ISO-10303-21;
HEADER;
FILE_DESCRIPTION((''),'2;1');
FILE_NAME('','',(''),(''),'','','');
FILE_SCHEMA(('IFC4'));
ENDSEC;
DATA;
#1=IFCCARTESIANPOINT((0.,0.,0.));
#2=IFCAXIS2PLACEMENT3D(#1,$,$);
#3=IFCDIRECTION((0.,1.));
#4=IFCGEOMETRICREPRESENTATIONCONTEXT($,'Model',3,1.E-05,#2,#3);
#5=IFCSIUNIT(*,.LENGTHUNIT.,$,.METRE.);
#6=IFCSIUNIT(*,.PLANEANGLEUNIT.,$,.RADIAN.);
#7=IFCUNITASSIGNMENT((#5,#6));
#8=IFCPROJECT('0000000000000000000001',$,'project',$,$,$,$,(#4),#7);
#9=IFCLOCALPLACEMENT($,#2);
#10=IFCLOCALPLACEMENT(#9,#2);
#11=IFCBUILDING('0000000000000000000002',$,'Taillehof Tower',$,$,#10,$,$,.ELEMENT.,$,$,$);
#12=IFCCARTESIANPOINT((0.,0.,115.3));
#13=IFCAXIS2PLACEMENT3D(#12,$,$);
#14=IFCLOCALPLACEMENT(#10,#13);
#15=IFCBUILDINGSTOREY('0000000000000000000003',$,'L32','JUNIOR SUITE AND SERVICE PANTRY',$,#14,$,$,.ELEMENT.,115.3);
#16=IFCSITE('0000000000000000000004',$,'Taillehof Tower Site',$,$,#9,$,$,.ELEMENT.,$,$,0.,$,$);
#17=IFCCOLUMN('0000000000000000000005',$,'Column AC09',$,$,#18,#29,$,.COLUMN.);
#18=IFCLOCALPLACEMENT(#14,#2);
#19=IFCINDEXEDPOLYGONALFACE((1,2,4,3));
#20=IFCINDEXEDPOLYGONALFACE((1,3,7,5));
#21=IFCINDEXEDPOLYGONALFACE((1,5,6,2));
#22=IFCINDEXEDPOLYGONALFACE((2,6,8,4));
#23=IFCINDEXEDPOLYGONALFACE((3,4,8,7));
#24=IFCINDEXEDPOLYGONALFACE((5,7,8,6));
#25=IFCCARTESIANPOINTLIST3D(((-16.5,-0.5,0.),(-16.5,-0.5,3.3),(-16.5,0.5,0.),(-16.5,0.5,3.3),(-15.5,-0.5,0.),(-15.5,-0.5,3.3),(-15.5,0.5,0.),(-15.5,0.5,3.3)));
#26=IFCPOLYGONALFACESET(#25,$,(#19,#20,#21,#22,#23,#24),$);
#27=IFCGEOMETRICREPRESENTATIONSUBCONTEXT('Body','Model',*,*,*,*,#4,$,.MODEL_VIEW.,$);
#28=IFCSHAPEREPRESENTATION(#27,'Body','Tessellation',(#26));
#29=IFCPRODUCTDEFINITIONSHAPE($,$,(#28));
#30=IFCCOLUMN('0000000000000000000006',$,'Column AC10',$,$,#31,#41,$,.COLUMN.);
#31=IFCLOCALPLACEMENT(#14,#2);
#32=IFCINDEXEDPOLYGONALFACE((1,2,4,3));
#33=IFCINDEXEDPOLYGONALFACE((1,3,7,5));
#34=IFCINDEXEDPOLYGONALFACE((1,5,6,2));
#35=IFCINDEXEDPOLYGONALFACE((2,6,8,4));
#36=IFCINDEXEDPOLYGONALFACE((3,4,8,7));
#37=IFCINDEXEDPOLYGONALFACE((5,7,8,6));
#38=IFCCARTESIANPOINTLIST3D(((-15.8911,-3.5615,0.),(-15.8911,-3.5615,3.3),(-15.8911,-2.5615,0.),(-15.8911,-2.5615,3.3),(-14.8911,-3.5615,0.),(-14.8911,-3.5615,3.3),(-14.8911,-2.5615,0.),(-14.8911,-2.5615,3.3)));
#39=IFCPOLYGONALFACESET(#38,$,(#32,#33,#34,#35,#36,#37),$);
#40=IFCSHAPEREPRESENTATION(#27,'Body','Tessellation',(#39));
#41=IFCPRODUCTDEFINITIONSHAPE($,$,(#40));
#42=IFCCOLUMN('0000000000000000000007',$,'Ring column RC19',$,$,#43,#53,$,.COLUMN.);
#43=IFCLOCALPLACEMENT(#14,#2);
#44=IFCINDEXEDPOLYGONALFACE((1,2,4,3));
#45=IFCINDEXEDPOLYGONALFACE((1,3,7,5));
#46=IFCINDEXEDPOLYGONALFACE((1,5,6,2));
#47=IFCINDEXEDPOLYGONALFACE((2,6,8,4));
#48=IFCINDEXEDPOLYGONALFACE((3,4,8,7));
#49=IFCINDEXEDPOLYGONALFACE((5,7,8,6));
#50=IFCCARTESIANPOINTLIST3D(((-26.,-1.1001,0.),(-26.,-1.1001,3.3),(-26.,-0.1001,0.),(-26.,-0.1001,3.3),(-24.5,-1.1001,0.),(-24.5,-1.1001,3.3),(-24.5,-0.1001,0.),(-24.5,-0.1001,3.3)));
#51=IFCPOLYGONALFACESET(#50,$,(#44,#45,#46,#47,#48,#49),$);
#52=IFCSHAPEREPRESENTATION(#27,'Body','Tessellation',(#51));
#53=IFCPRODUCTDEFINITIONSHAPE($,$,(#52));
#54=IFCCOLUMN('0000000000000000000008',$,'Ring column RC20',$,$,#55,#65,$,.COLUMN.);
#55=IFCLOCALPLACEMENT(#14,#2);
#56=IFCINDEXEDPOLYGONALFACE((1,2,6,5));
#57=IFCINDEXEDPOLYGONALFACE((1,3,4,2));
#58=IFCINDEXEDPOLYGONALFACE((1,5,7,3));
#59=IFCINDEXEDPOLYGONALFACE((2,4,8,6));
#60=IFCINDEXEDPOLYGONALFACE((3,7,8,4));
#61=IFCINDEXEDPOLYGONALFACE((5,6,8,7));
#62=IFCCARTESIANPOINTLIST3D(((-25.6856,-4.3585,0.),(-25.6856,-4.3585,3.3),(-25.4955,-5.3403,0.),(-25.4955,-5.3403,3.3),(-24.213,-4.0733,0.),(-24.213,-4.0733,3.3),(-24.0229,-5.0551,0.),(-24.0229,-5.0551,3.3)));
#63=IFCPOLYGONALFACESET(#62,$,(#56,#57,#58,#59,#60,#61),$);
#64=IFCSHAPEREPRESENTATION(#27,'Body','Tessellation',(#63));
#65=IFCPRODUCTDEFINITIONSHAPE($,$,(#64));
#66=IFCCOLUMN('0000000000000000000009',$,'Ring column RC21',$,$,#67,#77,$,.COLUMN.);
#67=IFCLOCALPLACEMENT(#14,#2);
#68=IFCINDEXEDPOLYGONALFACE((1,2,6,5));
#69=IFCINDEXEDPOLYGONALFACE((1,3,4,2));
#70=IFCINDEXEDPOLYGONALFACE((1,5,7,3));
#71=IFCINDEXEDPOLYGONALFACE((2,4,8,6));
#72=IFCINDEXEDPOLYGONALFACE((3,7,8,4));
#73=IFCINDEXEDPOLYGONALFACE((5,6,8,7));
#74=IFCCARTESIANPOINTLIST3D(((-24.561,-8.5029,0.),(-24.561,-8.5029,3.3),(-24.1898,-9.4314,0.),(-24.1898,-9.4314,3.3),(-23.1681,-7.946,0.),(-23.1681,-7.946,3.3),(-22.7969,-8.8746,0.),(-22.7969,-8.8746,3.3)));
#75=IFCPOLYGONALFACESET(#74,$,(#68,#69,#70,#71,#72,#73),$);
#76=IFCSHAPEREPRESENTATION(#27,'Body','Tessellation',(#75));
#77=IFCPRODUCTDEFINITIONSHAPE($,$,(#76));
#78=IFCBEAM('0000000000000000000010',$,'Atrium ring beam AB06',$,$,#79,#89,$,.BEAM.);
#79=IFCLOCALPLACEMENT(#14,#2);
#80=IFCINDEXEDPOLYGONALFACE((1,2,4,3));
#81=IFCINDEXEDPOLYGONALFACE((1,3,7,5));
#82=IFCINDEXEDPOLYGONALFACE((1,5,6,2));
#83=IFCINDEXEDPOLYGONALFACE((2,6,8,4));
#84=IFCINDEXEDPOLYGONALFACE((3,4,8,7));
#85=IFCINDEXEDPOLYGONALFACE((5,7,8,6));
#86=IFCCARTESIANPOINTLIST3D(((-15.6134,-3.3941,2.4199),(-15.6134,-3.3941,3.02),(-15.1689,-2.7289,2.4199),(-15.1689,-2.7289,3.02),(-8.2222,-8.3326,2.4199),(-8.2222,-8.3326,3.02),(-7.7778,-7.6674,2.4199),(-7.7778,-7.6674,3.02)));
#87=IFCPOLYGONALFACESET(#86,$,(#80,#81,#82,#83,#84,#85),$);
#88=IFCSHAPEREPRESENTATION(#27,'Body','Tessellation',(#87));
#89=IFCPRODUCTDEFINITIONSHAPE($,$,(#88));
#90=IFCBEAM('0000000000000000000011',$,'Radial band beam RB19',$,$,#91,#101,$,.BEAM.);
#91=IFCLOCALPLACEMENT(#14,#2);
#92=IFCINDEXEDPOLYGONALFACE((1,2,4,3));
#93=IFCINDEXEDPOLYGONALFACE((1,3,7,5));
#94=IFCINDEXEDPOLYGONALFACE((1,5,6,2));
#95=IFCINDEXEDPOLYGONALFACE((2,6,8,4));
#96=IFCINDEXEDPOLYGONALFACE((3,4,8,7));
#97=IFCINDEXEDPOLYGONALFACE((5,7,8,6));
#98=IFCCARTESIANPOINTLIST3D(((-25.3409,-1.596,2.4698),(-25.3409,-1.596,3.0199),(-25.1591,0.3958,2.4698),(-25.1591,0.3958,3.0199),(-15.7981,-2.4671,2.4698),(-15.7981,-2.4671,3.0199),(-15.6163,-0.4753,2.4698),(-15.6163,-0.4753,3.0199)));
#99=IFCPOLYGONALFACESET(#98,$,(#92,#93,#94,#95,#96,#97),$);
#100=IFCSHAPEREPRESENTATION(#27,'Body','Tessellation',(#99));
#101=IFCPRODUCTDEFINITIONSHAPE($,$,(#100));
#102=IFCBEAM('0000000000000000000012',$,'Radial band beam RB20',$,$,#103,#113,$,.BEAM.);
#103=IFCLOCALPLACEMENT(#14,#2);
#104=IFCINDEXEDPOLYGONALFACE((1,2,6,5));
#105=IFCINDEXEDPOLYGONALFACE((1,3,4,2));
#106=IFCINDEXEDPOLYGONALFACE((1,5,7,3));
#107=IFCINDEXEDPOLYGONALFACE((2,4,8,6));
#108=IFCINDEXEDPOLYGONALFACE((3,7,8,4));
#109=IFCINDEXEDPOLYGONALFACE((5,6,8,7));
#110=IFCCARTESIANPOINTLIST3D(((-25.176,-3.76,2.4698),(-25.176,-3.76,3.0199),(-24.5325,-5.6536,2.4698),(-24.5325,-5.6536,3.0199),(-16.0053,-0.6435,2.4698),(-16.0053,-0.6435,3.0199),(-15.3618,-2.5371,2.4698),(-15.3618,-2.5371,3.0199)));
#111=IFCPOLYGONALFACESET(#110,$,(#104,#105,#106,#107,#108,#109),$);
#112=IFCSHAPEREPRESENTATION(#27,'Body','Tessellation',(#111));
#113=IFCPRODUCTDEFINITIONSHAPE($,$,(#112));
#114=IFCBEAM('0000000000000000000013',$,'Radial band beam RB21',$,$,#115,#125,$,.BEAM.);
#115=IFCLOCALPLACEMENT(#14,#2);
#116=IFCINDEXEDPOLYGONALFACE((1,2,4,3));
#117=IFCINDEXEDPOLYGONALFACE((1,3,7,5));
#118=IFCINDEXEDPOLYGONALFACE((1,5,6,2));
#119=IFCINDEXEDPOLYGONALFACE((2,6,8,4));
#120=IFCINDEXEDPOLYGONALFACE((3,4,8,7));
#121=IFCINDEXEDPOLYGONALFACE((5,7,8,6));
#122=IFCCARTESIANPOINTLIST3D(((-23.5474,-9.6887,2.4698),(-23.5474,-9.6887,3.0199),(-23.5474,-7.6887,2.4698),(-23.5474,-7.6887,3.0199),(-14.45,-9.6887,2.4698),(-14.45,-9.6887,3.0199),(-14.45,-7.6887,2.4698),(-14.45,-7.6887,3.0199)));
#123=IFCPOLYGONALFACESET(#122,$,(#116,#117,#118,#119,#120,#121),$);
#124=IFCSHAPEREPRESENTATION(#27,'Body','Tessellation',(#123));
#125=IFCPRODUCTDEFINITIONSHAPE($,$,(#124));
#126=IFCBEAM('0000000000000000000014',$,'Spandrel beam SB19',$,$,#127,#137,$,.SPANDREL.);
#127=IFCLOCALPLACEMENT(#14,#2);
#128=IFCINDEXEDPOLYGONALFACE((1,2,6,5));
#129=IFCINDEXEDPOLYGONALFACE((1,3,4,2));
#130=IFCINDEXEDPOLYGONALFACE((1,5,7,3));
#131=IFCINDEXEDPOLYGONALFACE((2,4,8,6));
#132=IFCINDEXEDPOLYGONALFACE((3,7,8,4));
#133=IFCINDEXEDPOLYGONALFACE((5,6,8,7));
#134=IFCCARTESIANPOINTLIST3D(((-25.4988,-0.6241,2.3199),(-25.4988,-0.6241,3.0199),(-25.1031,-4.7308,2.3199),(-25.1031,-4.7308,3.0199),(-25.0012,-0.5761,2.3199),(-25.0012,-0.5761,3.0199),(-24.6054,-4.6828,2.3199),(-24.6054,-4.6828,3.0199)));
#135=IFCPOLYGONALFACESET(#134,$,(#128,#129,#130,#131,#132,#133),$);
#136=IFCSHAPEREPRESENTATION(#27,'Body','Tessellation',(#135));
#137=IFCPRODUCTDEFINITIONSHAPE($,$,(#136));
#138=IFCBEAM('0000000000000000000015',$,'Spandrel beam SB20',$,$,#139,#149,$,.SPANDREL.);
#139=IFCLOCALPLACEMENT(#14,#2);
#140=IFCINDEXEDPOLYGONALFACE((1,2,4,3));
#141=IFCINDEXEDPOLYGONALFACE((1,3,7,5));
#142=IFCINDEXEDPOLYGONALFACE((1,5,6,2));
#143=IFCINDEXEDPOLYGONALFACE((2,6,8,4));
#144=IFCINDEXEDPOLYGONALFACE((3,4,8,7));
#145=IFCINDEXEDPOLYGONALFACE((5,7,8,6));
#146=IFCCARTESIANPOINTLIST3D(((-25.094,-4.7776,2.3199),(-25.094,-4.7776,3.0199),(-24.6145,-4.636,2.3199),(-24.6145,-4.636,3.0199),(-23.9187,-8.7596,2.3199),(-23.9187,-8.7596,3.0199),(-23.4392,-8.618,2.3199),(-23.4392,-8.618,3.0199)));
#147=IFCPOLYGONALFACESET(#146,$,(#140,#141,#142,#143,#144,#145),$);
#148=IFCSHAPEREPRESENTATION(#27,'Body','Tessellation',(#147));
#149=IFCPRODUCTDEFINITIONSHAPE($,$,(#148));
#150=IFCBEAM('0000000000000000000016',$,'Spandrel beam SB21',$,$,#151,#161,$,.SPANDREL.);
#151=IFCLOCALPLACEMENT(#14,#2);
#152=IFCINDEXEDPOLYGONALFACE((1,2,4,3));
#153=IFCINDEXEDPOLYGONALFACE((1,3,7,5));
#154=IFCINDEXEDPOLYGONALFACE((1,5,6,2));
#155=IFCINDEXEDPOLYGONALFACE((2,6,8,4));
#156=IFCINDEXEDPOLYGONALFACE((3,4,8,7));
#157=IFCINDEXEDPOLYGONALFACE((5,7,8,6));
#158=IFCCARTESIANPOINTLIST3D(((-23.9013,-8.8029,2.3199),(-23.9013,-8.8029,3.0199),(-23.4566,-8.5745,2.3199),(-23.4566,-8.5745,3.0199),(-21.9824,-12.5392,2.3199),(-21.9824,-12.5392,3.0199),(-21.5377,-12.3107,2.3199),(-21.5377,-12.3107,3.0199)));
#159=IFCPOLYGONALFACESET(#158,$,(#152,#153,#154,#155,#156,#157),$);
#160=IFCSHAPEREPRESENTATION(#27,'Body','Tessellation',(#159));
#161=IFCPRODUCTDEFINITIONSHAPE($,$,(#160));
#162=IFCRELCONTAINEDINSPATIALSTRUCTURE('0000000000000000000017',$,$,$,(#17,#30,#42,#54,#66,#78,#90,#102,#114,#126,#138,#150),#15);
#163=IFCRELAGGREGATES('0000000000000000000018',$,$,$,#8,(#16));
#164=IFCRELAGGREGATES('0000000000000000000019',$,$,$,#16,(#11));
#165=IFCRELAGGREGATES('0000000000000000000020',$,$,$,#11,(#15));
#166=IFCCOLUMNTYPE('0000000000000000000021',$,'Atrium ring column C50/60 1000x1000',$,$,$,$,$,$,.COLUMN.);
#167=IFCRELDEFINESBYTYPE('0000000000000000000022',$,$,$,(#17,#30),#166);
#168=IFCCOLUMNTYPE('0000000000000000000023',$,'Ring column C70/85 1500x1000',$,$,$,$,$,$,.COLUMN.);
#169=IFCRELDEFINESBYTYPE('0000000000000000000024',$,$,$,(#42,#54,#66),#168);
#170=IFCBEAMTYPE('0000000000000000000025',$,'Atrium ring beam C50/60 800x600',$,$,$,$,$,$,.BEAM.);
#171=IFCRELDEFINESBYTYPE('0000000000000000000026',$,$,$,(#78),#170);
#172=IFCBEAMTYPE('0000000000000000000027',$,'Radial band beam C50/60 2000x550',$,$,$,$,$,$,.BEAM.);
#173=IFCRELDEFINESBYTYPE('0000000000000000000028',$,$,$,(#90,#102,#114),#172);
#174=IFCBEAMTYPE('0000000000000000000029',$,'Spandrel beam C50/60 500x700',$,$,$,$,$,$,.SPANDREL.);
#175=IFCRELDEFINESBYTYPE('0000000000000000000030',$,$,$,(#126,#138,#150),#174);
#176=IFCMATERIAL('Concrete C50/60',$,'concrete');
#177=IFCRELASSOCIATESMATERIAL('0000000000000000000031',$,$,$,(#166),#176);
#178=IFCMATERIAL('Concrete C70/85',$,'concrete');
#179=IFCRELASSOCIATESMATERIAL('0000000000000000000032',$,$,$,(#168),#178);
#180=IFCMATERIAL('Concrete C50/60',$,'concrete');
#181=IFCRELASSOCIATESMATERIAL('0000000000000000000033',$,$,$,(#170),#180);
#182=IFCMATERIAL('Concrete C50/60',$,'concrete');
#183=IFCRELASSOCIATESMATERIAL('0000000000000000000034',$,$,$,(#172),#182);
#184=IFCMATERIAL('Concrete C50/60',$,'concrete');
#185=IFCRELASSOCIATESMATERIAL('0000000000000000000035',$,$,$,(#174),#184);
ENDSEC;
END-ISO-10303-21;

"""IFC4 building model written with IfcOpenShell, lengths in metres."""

from ifc_helpers import new_model, si_unit, direction, frame, origin, origin_2d, place, context, subcontext, project, spatial, rectangle, extrude, material, material_profile, profile_set, type_object, element, save


model = new_model("IFC4")

# Units and contexts
model_context = context("Model", 3, precision=1e-05, world=origin(), true_north=direction((0.0, 1.0)))
body_context = subcontext(model_context, "Body", "Model", "MODEL_VIEW")
ifc_project = project(units=[si_unit("LENGTHUNIT", "METRE"), si_unit("PLANEANGLEUNIT", "RADIAN")], contexts=[model_context])

# Site, building, storey
site_placement = place(None, origin())
site = spatial("IfcSite", under=ifc_project, at=site_placement, Name="Taillehof Tower Site", CompositionType="ELEMENT", RefElevation=0.0)
building_placement = place(site_placement, origin())
building = spatial("IfcBuilding", under=site, at=building_placement, Name="Taillehof Tower", CompositionType="ELEMENT")
storey_placement = place(building_placement, frame((0.0, 0.0, 115.3)))
storey = spatial("IfcBuildingStorey", under=building, at=storey_placement, Name="L32", Description="JUNIOR SUITE AND SERVICE PANTRY", CompositionType="ELEMENT", Elevation=115.3)

# Columns
ifc_material_1 = material(Name="Concrete C50/60", Category="concrete")
ifc_material_profile_1 = material_profile(ifc_material_1, rectangle(XDim=1.0, YDim=1.0, at=origin_2d()), Name="RC 1000x1000")
ifc_profile_set_1 = profile_set([ifc_material_profile_1], Name="Concrete C50/60")
column_type_1 = type_object("IfcColumnType", Name="Atrium ring column C50/60 1000x1000", PredefinedType="COLUMN", material=ifc_profile_set_1)
for number, where, z_axis, x_axis, name in (
    (1, (-16.0, 0.0, 0.0), (0.0, 0.0, 1.0), (1.0, 0.0, 0.0), "Column AC09"),
    (2, (-15.3911, -3.0615, 0.0), (0.0, 0.0, 1.0), (1.0, 0.0, 0.0), "Column AC10"),
):
    element("IfcColumn", number, at=place(storey_placement, frame(where, z_axis=z_axis, x_axis=x_axis)), inside=storey, type_object=column_type_1, Name=name, PredefinedType="COLUMN", context=body_context, shape_type="SweptSolid", body=[
        extrude(rectangle(XDim=1.0, YDim=1.0, at=origin_2d()), origin(), (0.0, 0.0, 1.0), 3.3),
    ])
ifc_material_2 = material(Name="Concrete C70/85", Category="concrete")
ifc_material_profile_2 = material_profile(ifc_material_2, rectangle(XDim=1.5, YDim=1.0, at=origin_2d()), Name="RC 1500x1000")
ifc_profile_set_2 = profile_set([ifc_material_profile_2], Name="Concrete C70/85")
column_type_2 = type_object("IfcColumnType", Name="Ring column C70/85 1500x1000", PredefinedType="COLUMN", material=ifc_profile_set_2)
for number, where, z_axis, x_axis, name in (
    (3, (-25.25, -0.6001, 0.0), (0.0, 0.0, 1.0), (-1.0, 0.0, 0.0), "Ring column RC19"),
    (4, (-24.8542, -4.7068, 0.0), (0.0, 0.0, 1.0), (-0.981757, -0.190138, 0.0), "Ring column RC20"),
    (5, (-23.679, -8.6887, 0.0), (0.0, 0.0, 1.0), (-0.92855, -0.371207, 0.0), "Ring column RC21"),
):
    element("IfcColumn", number, at=place(storey_placement, frame(where, z_axis=z_axis, x_axis=x_axis)), inside=storey, type_object=column_type_2, Name=name, PredefinedType="COLUMN", context=body_context, shape_type="SweptSolid", body=[
        extrude(rectangle(XDim=1.5, YDim=1.0, at=origin_2d()), origin(), (0.0, 0.0, 1.0), 3.3),
    ])

# Beams
ifc_material_3 = material(Name="Concrete C50/60", Category="concrete")
ifc_material_profile_3 = material_profile(ifc_material_3, rectangle(XDim=0.8, YDim=0.6001, at=origin_2d()), Name="RC 800x600")
ifc_profile_set_3 = profile_set([ifc_material_profile_3], Name="Concrete C50/60")
beam_type_1 = type_object("IfcBeamType", Name="Atrium ring beam C50/60 800x600", PredefinedType="BEAM", material=ifc_profile_set_3)
beam_1_placement = place(storey_placement, frame((-15.3911, -3.0615, 2.72), z_axis=(0.831475, -0.555562, 0.0), x_axis=(0.555562, 0.831475, 0.0)))
element("IfcBeam", 6, at=beam_1_placement, inside=storey, type_object=beam_type_1, Name="Atrium ring beam AB06", PredefinedType="BEAM", context=body_context, shape_type="SweptSolid", body=[
    extrude(rectangle(XDim=0.8, YDim=0.6001, at=origin_2d()), origin(), (0.0, 0.0, 1.0), 8.8892),
])
ifc_material_4 = material(Name="Concrete C50/60", Category="concrete")
ifc_material_profile_4 = material_profile(ifc_material_4, rectangle(XDim=2.0, YDim=0.55, at=origin_2d()), Name="RC 2000x550")
ifc_profile_set_4 = profile_set([ifc_material_profile_4], Name="Concrete C50/60")
beam_type_2 = type_object("IfcBeamType", Name="Radial band beam C50/60 2000x550", PredefinedType="BEAM", material=ifc_profile_set_4)
beam_2_placement = place(storey_placement, frame((-25.25, -0.6001, 2.7449), z_axis=(0.99586, -0.090906, 0.0), x_axis=(0.090906, 0.99586, 0.0)))
element("IfcBeam", 7, at=beam_2_placement, inside=storey, type_object=beam_type_2, Name="Radial band beam RB19", PredefinedType="BEAM", context=body_context, shape_type="SweptSolid", body=[
    extrude(rectangle(XDim=2.0, YDim=0.55, at=origin_2d()), origin(), (0.0, 0.0, 1.0), 9.5825),
])
beam_3_placement = place(storey_placement, frame((-24.8542, -4.7068, 2.7449), z_axis=(0.946822, 0.321758, 0.0), x_axis=(-0.321758, 0.946822, 0.0)))
element("IfcBeam", 8, at=beam_3_placement, inside=storey, type_object=beam_type_2, Name="Radial band beam RB20", PredefinedType="BEAM", context=body_context, shape_type="SweptSolid", body=[
    extrude(rectangle(XDim=2.0, YDim=0.55, at=origin_2d()), origin(), (0.0, 0.0, 1.0), 9.6858),
])
beam_4_placement = place(storey_placement, frame((-23.5474, -8.6887, 2.7449), z_axis=(1.0, 0.0, 0.0), x_axis=(0.0, 1.0, 0.0)))
element("IfcBeam", 9, at=beam_4_placement, inside=storey, type_object=beam_type_2, Name="Radial band beam RB21", PredefinedType="BEAM", context=body_context, shape_type="SweptSolid", body=[
    extrude(rectangle(XDim=2.0, YDim=0.55, at=origin_2d()), origin(), (0.0, 0.0, 1.0), 9.0974),
])
ifc_material_5 = material(Name="Concrete C50/60", Category="concrete")
ifc_material_profile_5 = material_profile(ifc_material_5, rectangle(XDim=0.5, YDim=0.7, at=origin_2d()), Name="RC 500x700")
ifc_profile_set_5 = profile_set([ifc_material_profile_5], Name="Concrete C50/60")
beam_type_3 = type_object("IfcBeamType", Name="Spandrel beam C50/60 500x700", PredefinedType="SPANDREL", material=ifc_profile_set_5)
beam_5_placement = place(storey_placement, frame((-25.25, -0.6001, 2.6699), z_axis=(0.095923, -0.995389, 0.0), x_axis=(0.995389, 0.095923, 0.0)))
element("IfcBeam", 10, at=beam_5_placement, inside=storey, type_object=beam_type_3, Name="Spandrel beam SB19", PredefinedType="SPANDREL", context=body_context, shape_type="SweptSolid", body=[
    extrude(rectangle(XDim=0.5, YDim=0.7, at=origin_2d()), origin(), (0.0, 0.0, 1.0), 4.1257),
])
beam_6_placement = place(storey_placement, frame((-24.8542, -4.7068, 2.6699), z_axis=(0.283083, -0.959095, 0.0), x_axis=(0.959095, 0.283083, 0.0)))
element("IfcBeam", 11, at=beam_6_placement, inside=storey, type_object=beam_type_3, Name="Spandrel beam SB20", PredefinedType="SPANDREL", context=body_context, shape_type="SweptSolid", body=[
    extrude(rectangle(XDim=0.5, YDim=0.7, at=origin_2d()), origin(), (0.0, 0.0, 1.0), 4.1519),
])
beam_7_placement = place(storey_placement, frame((-23.679, -8.6887, 2.6699), z_axis=(0.456859, -0.889539, 0.0), x_axis=(0.889539, 0.456859, 0.0)))
element("IfcBeam", 12, at=beam_7_placement, inside=storey, type_object=beam_type_3, Name="Spandrel beam SB21", PredefinedType="SPANDREL", context=body_context, shape_type="SweptSolid", body=[
    extrude(rectangle(XDim=0.5, YDim=0.7, at=origin_2d()), origin(), (0.0, 0.0, 1.0), 4.2002),
])

save(model, "model.ifc")
